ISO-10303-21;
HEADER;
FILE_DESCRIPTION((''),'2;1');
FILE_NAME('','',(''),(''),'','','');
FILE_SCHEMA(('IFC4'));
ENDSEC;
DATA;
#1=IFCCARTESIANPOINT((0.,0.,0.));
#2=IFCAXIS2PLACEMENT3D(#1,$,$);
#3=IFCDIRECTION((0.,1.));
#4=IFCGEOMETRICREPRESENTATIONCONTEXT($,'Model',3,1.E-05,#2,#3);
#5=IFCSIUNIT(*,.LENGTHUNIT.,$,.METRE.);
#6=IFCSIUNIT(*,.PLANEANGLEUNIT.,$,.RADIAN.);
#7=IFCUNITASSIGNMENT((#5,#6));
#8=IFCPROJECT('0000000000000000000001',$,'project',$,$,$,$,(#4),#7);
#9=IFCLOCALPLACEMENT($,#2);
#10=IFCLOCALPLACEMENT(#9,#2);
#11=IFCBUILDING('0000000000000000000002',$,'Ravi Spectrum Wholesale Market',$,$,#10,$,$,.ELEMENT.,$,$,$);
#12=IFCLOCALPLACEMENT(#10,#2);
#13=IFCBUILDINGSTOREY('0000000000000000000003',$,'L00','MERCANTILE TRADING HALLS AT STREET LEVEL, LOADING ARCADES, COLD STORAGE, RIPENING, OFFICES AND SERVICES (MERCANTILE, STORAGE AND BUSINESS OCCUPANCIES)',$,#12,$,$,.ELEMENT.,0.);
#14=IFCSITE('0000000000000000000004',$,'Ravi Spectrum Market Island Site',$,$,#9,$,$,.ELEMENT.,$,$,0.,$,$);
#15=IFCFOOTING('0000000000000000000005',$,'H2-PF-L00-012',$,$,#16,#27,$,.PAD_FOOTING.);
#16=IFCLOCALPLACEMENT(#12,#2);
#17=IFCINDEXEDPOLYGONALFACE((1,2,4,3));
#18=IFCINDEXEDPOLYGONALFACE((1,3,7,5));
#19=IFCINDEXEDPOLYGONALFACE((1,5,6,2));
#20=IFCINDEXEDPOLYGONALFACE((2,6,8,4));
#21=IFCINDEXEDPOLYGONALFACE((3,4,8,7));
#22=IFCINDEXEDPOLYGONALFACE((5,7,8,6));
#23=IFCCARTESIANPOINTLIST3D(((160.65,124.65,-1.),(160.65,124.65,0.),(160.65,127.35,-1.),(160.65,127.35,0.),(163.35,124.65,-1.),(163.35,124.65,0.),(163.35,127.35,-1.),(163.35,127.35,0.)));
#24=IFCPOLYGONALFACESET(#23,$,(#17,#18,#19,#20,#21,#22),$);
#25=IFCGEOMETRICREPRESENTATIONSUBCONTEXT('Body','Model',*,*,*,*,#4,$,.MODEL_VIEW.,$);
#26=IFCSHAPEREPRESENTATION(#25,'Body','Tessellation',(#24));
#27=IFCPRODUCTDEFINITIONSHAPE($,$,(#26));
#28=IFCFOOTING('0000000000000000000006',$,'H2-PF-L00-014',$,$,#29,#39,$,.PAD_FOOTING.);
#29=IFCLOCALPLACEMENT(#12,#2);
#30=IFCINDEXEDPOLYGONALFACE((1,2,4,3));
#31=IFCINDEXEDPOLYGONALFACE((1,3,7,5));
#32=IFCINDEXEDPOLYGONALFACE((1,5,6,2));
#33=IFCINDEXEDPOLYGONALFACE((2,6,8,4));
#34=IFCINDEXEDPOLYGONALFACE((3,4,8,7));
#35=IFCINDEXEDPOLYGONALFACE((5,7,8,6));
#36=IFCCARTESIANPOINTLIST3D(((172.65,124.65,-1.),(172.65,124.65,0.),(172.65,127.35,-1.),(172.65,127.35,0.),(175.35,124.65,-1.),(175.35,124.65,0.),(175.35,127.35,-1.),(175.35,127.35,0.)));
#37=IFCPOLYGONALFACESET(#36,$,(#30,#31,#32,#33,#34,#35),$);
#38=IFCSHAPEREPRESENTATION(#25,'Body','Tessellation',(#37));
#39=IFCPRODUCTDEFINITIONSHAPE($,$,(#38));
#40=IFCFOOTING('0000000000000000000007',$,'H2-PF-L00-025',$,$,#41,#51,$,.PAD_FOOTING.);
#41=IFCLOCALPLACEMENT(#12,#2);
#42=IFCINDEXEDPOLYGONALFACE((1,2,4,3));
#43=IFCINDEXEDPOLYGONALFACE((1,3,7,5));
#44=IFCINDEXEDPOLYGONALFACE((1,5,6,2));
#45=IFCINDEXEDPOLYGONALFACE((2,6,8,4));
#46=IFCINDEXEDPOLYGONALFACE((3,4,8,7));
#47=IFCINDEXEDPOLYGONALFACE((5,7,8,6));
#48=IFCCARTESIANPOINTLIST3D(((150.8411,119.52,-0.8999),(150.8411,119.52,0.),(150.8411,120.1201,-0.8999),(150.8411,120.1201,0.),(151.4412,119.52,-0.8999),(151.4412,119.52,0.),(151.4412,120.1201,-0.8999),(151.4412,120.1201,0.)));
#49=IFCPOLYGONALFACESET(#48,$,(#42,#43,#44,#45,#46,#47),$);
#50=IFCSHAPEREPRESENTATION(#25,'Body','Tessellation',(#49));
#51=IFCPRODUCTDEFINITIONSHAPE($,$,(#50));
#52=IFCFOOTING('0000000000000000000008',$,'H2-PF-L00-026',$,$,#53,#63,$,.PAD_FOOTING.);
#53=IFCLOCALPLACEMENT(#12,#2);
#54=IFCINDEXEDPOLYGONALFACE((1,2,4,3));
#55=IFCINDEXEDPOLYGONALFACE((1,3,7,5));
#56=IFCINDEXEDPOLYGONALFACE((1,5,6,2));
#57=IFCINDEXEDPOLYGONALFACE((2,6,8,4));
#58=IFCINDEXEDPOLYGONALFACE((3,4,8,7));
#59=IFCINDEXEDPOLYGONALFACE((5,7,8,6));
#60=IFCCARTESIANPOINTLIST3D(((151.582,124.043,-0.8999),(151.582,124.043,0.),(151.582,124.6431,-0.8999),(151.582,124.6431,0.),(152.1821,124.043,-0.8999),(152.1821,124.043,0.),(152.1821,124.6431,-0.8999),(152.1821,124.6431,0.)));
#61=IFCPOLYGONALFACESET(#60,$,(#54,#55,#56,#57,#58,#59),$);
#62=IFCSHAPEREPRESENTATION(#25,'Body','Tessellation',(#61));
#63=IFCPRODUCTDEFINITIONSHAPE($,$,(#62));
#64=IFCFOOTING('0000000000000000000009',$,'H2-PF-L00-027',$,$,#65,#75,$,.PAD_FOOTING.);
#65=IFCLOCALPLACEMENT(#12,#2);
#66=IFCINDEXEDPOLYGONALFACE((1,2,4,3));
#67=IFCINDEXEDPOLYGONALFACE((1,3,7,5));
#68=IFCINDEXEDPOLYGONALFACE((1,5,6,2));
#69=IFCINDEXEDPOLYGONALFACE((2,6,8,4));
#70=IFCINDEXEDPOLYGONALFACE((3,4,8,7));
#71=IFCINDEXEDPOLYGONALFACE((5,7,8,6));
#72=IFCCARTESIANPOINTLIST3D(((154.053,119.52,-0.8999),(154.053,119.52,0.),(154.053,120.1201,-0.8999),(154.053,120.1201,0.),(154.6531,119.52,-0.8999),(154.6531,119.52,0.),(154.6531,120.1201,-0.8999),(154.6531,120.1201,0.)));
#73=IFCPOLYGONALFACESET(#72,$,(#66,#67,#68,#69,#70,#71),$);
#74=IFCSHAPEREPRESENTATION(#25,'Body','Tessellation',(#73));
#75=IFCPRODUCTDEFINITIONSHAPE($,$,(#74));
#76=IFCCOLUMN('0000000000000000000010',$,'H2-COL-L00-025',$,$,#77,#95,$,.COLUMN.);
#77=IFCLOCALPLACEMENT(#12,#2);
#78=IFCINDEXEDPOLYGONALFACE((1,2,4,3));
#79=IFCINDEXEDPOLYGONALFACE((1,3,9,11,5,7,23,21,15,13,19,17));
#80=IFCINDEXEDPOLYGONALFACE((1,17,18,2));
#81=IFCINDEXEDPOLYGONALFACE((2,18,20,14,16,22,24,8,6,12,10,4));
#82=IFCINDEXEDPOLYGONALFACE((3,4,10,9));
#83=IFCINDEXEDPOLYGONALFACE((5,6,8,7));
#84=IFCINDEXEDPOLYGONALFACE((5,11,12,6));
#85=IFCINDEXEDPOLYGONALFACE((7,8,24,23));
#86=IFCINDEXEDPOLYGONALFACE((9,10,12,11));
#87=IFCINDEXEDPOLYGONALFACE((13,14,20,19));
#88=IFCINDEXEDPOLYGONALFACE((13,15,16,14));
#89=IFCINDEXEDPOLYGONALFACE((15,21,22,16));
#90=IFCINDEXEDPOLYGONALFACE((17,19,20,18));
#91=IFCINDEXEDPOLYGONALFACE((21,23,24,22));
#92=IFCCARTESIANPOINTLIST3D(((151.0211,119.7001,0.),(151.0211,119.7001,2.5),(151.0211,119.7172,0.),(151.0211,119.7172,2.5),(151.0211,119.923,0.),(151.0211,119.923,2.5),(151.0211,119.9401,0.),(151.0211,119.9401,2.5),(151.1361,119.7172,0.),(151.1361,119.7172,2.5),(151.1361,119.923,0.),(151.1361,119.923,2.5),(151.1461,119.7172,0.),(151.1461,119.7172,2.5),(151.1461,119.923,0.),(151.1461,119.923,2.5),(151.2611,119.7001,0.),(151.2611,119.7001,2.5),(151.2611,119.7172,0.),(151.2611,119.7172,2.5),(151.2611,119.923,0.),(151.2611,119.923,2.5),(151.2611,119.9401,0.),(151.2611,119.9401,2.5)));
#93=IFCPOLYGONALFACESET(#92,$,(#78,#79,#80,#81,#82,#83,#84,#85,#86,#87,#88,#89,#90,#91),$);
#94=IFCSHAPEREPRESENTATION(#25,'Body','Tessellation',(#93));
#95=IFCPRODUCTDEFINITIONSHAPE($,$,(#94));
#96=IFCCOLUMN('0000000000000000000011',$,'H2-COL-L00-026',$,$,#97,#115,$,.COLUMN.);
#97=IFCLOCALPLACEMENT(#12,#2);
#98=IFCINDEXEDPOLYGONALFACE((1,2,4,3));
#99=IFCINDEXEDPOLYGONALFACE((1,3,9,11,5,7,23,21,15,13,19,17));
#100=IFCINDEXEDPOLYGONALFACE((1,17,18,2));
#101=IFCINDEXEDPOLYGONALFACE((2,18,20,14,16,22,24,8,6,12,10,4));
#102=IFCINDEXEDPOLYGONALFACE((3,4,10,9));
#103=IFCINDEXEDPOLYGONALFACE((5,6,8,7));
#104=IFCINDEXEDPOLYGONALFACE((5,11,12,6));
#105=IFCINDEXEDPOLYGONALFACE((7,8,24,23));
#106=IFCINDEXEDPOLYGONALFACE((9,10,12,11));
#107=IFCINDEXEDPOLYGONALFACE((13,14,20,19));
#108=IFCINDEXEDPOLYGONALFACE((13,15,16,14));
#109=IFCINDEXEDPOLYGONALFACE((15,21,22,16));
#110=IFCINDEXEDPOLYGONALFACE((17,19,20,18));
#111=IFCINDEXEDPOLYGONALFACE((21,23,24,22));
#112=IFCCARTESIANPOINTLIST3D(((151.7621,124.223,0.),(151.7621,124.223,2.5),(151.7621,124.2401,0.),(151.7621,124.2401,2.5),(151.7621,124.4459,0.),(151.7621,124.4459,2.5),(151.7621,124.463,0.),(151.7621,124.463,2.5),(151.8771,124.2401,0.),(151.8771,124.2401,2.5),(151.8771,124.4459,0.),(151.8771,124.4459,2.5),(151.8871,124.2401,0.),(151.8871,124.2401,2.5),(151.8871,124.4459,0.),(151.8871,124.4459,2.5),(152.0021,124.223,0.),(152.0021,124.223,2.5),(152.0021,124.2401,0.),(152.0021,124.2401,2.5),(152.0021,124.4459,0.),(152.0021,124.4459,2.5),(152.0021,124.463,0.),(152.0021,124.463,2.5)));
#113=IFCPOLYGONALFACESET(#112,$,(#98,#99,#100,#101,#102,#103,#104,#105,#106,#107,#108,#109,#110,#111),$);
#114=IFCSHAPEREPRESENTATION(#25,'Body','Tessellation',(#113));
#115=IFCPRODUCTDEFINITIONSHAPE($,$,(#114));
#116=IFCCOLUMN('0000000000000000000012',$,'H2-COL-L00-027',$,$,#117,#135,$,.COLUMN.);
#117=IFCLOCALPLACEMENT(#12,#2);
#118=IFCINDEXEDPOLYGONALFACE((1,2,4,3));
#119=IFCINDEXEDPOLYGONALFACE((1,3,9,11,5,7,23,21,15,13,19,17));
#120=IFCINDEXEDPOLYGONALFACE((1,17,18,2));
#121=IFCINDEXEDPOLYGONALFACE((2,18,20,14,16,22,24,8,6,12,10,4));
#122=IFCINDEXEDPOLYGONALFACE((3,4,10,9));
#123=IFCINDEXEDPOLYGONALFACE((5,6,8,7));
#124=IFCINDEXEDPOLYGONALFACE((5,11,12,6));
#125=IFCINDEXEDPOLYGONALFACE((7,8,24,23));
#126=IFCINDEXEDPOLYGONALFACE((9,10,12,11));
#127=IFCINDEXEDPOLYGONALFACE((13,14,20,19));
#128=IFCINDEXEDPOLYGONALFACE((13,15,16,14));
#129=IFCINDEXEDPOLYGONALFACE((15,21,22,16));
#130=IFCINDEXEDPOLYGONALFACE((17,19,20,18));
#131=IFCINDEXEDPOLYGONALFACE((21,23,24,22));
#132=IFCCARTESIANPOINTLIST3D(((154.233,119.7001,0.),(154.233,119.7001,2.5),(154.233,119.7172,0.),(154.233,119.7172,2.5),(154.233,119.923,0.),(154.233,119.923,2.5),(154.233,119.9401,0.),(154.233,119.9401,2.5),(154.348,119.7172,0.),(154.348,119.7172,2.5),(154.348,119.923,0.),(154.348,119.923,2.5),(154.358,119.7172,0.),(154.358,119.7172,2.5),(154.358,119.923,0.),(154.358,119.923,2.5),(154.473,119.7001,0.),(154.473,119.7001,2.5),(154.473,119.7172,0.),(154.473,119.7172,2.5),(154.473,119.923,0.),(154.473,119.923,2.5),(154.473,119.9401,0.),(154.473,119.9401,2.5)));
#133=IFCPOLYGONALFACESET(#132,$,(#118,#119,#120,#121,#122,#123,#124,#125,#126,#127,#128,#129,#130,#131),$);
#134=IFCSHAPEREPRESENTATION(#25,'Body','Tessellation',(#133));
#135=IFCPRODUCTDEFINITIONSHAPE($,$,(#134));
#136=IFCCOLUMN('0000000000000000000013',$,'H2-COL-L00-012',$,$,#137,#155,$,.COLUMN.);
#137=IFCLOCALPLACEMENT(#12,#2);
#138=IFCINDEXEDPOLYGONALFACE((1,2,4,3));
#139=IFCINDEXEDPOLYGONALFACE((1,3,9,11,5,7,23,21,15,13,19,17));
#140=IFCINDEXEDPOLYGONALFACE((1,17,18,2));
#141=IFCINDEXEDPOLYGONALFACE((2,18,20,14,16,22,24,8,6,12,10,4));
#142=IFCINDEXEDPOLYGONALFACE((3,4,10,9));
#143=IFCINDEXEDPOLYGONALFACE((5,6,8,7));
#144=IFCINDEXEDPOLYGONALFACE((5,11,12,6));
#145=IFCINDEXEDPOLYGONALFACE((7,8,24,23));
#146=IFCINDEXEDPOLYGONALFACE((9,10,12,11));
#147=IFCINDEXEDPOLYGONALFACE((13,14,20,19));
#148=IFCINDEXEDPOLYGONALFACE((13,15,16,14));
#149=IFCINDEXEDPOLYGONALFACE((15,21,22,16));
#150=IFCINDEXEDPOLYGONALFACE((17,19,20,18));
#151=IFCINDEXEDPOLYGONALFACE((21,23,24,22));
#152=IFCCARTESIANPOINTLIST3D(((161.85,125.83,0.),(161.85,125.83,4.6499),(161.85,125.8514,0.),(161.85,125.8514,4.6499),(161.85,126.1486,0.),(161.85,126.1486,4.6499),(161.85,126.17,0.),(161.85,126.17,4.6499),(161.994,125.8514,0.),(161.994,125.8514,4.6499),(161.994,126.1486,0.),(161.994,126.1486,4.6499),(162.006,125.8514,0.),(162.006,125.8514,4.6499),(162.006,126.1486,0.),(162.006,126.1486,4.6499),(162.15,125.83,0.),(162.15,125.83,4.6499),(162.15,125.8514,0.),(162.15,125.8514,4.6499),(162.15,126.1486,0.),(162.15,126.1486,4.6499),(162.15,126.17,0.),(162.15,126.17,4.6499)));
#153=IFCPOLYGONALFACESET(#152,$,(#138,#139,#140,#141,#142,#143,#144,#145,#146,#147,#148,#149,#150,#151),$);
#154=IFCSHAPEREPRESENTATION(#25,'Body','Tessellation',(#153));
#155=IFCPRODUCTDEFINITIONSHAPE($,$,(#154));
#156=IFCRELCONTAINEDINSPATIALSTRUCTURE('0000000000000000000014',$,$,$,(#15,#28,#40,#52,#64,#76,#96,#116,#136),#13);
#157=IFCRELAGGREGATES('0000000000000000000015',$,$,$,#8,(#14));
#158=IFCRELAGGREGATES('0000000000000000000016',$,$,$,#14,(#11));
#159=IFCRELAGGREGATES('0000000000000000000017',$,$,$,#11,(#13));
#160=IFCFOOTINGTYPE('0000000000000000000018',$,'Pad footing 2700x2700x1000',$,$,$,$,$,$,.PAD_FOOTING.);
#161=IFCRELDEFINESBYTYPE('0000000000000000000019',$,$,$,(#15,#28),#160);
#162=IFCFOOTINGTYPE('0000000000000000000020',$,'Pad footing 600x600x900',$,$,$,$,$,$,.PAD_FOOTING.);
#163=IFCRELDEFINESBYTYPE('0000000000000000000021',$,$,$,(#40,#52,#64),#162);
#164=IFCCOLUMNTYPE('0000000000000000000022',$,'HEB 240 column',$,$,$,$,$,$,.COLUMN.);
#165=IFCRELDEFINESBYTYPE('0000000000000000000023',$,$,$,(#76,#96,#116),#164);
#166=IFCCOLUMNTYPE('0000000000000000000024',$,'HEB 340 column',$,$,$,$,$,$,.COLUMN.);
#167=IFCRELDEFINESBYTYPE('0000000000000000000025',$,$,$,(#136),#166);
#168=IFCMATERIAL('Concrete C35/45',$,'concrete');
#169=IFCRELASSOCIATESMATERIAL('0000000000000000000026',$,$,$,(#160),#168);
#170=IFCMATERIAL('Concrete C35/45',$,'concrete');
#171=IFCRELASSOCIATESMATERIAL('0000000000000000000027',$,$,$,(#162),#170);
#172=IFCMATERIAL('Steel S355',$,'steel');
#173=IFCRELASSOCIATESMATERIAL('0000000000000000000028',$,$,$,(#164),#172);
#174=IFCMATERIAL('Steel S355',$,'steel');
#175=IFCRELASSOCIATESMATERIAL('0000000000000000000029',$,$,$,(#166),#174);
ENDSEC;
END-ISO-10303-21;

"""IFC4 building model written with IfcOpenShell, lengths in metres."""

from ifc_helpers import new_model, si_unit, direction, frame, origin, origin_2d, place, context, subcontext, project, spatial, rectangle, i_section, extrude, material, material_profile, profile_set, type_object, element, save


model = new_model("IFC4")

# Units and contexts
model_context = context("Model", 3, precision=1e-05, world=origin(), true_north=direction((0.0, 1.0)))
body_context = subcontext(model_context, "Body", "Model", "MODEL_VIEW")
ifc_project = project(units=[si_unit("LENGTHUNIT", "METRE"), si_unit("PLANEANGLEUNIT", "RADIAN")], contexts=[model_context])

# Site, building, storey
site_placement = place(None, origin())
site = spatial("IfcSite", under=ifc_project, at=site_placement, Name="Ravi Spectrum Market Island Site", CompositionType="ELEMENT", RefElevation=0.0)
building_placement = place(site_placement, origin())
building = spatial("IfcBuilding", under=site, at=building_placement, Name="Ravi Spectrum Wholesale Market", CompositionType="ELEMENT")
storey_placement = place(building_placement, origin())
storey = spatial("IfcBuildingStorey", under=building, at=storey_placement, Name="L00", Description="MERCANTILE TRADING HALLS AT STREET LEVEL, LOADING ARCADES, COLD STORAGE, RIPENING, OFFICES AND SERVICES (MERCANTILE, STORAGE AND BUSINESS OCCUPANCIES)", CompositionType="ELEMENT", Elevation=0.0)

# Footings
ifc_material_1 = material(Name="Concrete C35/45", Category="concrete")
footing_type_1 = type_object("IfcFootingType", Name="Pad footing 2700x2700x1000", PredefinedType="PAD_FOOTING", material=ifc_material_1)
for number, where, z_axis, x_axis, name in (
    (1, (162.0, 126.0, -1.0), (0.0, 0.0, 1.0), (1.0, 0.0, 0.0), "H2-PF-L00-012"),
    (2, (174.0, 126.0, -1.0), (0.0, 0.0, 1.0), (1.0, 0.0, 0.0), "H2-PF-L00-014"),
):
    element("IfcFooting", number, at=place(storey_placement, frame(where, z_axis=z_axis, x_axis=x_axis)), inside=storey, type_object=footing_type_1, Name=name, PredefinedType="PAD_FOOTING", context=body_context, shape_type="SweptSolid", body=[
        extrude(rectangle(XDim=2.7, YDim=2.7, at=origin_2d()), origin(), (0.0, 0.0, 1.0), 1.0),
    ])
ifc_material_2 = material(Name="Concrete C35/45", Category="concrete")
footing_type_2 = type_object("IfcFootingType", Name="Pad footing 600x600x900", PredefinedType="PAD_FOOTING", material=ifc_material_2)
for number, where, z_axis, x_axis, name in (
    (3, (151.1411, 119.8201, -0.8999), (0.0, 0.0, 1.0), (1.0, 0.0, 0.0), "H2-PF-L00-025"),
    (4, (151.8821, 124.343, -0.8999), (0.0, 0.0, 1.0), (1.0, 0.0, 0.0), "H2-PF-L00-026"),
    (5, (154.353, 119.8201, -0.8999), (0.0, 0.0, 1.0), (1.0, 0.0, 0.0), "H2-PF-L00-027"),
):
    element("IfcFooting", number, at=place(storey_placement, frame(where, z_axis=z_axis, x_axis=x_axis)), inside=storey, type_object=footing_type_2, Name=name, PredefinedType="PAD_FOOTING", context=body_context, shape_type="SweptSolid", body=[
        extrude(rectangle(XDim=0.6001, YDim=0.6001, at=origin_2d()), origin(), (0.0, 0.0, 1.0), 0.8999),
    ])

# Columns
ifc_material_3 = material(Name="Steel S355", Category="steel")
ifc_material_profile_1 = material_profile(ifc_material_3, i_section(OverallWidth=0.24, OverallDepth=0.24, WebThickness=0.01, FlangeThickness=0.0171, at=origin_2d()))
ifc_profile_set_1 = profile_set([ifc_material_profile_1], Name="Steel S355")
column_type_1 = type_object("IfcColumnType", Name="HEB 240 column", PredefinedType="COLUMN", material=ifc_profile_set_1)
for number, where, z_axis, x_axis, name in (
    (6, (151.1411, 119.8201, 0.0), (0.0, 0.0, 1.0), (1.0, 0.0, 0.0), "H2-COL-L00-025"),
    (7, (151.8821, 124.343, 0.0), (0.0, 0.0, 1.0), (1.0, 0.0, 0.0), "H2-COL-L00-026"),
    (8, (154.353, 119.8201, 0.0), (0.0, 0.0, 1.0), (1.0, 0.0, 0.0), "H2-COL-L00-027"),
):
    element("IfcColumn", number, at=place(storey_placement, frame(where, z_axis=z_axis, x_axis=x_axis)), inside=storey, type_object=column_type_1, Name=name, PredefinedType="COLUMN", context=body_context, shape_type="SweptSolid", body=[
        extrude(i_section(OverallWidth=0.24, OverallDepth=0.24, WebThickness=0.01, FlangeThickness=0.0171, at=origin_2d()), origin(), (0.0, 0.0, 1.0), 2.5),
    ])
ifc_material_4 = material(Name="Steel S355", Category="steel")
ifc_material_profile_2 = material_profile(ifc_material_4, i_section(OverallWidth=0.3, OverallDepth=0.3401, WebThickness=0.012, FlangeThickness=0.0215, at=origin_2d()))
ifc_profile_set_2 = profile_set([ifc_material_profile_2], Name="Steel S355")
column_type_2 = type_object("IfcColumnType", Name="HEB 340 column", PredefinedType="COLUMN", material=ifc_profile_set_2)
column_placement = place(storey_placement, frame((162.0, 126.0, 0.0), z_axis=(0.0, 0.0, 1.0), x_axis=(1.0, 0.0, 0.0)))
element("IfcColumn", 9, at=column_placement, inside=storey, type_object=column_type_2, Name="H2-COL-L00-012", PredefinedType="COLUMN", context=body_context, shape_type="SweptSolid", body=[
    extrude(i_section(OverallWidth=0.3, OverallDepth=0.3401, WebThickness=0.012, FlangeThickness=0.0215, at=origin_2d()), origin(), (0.0, 0.0, 1.0), 4.6499),
])

save(model, "model.ifc")
